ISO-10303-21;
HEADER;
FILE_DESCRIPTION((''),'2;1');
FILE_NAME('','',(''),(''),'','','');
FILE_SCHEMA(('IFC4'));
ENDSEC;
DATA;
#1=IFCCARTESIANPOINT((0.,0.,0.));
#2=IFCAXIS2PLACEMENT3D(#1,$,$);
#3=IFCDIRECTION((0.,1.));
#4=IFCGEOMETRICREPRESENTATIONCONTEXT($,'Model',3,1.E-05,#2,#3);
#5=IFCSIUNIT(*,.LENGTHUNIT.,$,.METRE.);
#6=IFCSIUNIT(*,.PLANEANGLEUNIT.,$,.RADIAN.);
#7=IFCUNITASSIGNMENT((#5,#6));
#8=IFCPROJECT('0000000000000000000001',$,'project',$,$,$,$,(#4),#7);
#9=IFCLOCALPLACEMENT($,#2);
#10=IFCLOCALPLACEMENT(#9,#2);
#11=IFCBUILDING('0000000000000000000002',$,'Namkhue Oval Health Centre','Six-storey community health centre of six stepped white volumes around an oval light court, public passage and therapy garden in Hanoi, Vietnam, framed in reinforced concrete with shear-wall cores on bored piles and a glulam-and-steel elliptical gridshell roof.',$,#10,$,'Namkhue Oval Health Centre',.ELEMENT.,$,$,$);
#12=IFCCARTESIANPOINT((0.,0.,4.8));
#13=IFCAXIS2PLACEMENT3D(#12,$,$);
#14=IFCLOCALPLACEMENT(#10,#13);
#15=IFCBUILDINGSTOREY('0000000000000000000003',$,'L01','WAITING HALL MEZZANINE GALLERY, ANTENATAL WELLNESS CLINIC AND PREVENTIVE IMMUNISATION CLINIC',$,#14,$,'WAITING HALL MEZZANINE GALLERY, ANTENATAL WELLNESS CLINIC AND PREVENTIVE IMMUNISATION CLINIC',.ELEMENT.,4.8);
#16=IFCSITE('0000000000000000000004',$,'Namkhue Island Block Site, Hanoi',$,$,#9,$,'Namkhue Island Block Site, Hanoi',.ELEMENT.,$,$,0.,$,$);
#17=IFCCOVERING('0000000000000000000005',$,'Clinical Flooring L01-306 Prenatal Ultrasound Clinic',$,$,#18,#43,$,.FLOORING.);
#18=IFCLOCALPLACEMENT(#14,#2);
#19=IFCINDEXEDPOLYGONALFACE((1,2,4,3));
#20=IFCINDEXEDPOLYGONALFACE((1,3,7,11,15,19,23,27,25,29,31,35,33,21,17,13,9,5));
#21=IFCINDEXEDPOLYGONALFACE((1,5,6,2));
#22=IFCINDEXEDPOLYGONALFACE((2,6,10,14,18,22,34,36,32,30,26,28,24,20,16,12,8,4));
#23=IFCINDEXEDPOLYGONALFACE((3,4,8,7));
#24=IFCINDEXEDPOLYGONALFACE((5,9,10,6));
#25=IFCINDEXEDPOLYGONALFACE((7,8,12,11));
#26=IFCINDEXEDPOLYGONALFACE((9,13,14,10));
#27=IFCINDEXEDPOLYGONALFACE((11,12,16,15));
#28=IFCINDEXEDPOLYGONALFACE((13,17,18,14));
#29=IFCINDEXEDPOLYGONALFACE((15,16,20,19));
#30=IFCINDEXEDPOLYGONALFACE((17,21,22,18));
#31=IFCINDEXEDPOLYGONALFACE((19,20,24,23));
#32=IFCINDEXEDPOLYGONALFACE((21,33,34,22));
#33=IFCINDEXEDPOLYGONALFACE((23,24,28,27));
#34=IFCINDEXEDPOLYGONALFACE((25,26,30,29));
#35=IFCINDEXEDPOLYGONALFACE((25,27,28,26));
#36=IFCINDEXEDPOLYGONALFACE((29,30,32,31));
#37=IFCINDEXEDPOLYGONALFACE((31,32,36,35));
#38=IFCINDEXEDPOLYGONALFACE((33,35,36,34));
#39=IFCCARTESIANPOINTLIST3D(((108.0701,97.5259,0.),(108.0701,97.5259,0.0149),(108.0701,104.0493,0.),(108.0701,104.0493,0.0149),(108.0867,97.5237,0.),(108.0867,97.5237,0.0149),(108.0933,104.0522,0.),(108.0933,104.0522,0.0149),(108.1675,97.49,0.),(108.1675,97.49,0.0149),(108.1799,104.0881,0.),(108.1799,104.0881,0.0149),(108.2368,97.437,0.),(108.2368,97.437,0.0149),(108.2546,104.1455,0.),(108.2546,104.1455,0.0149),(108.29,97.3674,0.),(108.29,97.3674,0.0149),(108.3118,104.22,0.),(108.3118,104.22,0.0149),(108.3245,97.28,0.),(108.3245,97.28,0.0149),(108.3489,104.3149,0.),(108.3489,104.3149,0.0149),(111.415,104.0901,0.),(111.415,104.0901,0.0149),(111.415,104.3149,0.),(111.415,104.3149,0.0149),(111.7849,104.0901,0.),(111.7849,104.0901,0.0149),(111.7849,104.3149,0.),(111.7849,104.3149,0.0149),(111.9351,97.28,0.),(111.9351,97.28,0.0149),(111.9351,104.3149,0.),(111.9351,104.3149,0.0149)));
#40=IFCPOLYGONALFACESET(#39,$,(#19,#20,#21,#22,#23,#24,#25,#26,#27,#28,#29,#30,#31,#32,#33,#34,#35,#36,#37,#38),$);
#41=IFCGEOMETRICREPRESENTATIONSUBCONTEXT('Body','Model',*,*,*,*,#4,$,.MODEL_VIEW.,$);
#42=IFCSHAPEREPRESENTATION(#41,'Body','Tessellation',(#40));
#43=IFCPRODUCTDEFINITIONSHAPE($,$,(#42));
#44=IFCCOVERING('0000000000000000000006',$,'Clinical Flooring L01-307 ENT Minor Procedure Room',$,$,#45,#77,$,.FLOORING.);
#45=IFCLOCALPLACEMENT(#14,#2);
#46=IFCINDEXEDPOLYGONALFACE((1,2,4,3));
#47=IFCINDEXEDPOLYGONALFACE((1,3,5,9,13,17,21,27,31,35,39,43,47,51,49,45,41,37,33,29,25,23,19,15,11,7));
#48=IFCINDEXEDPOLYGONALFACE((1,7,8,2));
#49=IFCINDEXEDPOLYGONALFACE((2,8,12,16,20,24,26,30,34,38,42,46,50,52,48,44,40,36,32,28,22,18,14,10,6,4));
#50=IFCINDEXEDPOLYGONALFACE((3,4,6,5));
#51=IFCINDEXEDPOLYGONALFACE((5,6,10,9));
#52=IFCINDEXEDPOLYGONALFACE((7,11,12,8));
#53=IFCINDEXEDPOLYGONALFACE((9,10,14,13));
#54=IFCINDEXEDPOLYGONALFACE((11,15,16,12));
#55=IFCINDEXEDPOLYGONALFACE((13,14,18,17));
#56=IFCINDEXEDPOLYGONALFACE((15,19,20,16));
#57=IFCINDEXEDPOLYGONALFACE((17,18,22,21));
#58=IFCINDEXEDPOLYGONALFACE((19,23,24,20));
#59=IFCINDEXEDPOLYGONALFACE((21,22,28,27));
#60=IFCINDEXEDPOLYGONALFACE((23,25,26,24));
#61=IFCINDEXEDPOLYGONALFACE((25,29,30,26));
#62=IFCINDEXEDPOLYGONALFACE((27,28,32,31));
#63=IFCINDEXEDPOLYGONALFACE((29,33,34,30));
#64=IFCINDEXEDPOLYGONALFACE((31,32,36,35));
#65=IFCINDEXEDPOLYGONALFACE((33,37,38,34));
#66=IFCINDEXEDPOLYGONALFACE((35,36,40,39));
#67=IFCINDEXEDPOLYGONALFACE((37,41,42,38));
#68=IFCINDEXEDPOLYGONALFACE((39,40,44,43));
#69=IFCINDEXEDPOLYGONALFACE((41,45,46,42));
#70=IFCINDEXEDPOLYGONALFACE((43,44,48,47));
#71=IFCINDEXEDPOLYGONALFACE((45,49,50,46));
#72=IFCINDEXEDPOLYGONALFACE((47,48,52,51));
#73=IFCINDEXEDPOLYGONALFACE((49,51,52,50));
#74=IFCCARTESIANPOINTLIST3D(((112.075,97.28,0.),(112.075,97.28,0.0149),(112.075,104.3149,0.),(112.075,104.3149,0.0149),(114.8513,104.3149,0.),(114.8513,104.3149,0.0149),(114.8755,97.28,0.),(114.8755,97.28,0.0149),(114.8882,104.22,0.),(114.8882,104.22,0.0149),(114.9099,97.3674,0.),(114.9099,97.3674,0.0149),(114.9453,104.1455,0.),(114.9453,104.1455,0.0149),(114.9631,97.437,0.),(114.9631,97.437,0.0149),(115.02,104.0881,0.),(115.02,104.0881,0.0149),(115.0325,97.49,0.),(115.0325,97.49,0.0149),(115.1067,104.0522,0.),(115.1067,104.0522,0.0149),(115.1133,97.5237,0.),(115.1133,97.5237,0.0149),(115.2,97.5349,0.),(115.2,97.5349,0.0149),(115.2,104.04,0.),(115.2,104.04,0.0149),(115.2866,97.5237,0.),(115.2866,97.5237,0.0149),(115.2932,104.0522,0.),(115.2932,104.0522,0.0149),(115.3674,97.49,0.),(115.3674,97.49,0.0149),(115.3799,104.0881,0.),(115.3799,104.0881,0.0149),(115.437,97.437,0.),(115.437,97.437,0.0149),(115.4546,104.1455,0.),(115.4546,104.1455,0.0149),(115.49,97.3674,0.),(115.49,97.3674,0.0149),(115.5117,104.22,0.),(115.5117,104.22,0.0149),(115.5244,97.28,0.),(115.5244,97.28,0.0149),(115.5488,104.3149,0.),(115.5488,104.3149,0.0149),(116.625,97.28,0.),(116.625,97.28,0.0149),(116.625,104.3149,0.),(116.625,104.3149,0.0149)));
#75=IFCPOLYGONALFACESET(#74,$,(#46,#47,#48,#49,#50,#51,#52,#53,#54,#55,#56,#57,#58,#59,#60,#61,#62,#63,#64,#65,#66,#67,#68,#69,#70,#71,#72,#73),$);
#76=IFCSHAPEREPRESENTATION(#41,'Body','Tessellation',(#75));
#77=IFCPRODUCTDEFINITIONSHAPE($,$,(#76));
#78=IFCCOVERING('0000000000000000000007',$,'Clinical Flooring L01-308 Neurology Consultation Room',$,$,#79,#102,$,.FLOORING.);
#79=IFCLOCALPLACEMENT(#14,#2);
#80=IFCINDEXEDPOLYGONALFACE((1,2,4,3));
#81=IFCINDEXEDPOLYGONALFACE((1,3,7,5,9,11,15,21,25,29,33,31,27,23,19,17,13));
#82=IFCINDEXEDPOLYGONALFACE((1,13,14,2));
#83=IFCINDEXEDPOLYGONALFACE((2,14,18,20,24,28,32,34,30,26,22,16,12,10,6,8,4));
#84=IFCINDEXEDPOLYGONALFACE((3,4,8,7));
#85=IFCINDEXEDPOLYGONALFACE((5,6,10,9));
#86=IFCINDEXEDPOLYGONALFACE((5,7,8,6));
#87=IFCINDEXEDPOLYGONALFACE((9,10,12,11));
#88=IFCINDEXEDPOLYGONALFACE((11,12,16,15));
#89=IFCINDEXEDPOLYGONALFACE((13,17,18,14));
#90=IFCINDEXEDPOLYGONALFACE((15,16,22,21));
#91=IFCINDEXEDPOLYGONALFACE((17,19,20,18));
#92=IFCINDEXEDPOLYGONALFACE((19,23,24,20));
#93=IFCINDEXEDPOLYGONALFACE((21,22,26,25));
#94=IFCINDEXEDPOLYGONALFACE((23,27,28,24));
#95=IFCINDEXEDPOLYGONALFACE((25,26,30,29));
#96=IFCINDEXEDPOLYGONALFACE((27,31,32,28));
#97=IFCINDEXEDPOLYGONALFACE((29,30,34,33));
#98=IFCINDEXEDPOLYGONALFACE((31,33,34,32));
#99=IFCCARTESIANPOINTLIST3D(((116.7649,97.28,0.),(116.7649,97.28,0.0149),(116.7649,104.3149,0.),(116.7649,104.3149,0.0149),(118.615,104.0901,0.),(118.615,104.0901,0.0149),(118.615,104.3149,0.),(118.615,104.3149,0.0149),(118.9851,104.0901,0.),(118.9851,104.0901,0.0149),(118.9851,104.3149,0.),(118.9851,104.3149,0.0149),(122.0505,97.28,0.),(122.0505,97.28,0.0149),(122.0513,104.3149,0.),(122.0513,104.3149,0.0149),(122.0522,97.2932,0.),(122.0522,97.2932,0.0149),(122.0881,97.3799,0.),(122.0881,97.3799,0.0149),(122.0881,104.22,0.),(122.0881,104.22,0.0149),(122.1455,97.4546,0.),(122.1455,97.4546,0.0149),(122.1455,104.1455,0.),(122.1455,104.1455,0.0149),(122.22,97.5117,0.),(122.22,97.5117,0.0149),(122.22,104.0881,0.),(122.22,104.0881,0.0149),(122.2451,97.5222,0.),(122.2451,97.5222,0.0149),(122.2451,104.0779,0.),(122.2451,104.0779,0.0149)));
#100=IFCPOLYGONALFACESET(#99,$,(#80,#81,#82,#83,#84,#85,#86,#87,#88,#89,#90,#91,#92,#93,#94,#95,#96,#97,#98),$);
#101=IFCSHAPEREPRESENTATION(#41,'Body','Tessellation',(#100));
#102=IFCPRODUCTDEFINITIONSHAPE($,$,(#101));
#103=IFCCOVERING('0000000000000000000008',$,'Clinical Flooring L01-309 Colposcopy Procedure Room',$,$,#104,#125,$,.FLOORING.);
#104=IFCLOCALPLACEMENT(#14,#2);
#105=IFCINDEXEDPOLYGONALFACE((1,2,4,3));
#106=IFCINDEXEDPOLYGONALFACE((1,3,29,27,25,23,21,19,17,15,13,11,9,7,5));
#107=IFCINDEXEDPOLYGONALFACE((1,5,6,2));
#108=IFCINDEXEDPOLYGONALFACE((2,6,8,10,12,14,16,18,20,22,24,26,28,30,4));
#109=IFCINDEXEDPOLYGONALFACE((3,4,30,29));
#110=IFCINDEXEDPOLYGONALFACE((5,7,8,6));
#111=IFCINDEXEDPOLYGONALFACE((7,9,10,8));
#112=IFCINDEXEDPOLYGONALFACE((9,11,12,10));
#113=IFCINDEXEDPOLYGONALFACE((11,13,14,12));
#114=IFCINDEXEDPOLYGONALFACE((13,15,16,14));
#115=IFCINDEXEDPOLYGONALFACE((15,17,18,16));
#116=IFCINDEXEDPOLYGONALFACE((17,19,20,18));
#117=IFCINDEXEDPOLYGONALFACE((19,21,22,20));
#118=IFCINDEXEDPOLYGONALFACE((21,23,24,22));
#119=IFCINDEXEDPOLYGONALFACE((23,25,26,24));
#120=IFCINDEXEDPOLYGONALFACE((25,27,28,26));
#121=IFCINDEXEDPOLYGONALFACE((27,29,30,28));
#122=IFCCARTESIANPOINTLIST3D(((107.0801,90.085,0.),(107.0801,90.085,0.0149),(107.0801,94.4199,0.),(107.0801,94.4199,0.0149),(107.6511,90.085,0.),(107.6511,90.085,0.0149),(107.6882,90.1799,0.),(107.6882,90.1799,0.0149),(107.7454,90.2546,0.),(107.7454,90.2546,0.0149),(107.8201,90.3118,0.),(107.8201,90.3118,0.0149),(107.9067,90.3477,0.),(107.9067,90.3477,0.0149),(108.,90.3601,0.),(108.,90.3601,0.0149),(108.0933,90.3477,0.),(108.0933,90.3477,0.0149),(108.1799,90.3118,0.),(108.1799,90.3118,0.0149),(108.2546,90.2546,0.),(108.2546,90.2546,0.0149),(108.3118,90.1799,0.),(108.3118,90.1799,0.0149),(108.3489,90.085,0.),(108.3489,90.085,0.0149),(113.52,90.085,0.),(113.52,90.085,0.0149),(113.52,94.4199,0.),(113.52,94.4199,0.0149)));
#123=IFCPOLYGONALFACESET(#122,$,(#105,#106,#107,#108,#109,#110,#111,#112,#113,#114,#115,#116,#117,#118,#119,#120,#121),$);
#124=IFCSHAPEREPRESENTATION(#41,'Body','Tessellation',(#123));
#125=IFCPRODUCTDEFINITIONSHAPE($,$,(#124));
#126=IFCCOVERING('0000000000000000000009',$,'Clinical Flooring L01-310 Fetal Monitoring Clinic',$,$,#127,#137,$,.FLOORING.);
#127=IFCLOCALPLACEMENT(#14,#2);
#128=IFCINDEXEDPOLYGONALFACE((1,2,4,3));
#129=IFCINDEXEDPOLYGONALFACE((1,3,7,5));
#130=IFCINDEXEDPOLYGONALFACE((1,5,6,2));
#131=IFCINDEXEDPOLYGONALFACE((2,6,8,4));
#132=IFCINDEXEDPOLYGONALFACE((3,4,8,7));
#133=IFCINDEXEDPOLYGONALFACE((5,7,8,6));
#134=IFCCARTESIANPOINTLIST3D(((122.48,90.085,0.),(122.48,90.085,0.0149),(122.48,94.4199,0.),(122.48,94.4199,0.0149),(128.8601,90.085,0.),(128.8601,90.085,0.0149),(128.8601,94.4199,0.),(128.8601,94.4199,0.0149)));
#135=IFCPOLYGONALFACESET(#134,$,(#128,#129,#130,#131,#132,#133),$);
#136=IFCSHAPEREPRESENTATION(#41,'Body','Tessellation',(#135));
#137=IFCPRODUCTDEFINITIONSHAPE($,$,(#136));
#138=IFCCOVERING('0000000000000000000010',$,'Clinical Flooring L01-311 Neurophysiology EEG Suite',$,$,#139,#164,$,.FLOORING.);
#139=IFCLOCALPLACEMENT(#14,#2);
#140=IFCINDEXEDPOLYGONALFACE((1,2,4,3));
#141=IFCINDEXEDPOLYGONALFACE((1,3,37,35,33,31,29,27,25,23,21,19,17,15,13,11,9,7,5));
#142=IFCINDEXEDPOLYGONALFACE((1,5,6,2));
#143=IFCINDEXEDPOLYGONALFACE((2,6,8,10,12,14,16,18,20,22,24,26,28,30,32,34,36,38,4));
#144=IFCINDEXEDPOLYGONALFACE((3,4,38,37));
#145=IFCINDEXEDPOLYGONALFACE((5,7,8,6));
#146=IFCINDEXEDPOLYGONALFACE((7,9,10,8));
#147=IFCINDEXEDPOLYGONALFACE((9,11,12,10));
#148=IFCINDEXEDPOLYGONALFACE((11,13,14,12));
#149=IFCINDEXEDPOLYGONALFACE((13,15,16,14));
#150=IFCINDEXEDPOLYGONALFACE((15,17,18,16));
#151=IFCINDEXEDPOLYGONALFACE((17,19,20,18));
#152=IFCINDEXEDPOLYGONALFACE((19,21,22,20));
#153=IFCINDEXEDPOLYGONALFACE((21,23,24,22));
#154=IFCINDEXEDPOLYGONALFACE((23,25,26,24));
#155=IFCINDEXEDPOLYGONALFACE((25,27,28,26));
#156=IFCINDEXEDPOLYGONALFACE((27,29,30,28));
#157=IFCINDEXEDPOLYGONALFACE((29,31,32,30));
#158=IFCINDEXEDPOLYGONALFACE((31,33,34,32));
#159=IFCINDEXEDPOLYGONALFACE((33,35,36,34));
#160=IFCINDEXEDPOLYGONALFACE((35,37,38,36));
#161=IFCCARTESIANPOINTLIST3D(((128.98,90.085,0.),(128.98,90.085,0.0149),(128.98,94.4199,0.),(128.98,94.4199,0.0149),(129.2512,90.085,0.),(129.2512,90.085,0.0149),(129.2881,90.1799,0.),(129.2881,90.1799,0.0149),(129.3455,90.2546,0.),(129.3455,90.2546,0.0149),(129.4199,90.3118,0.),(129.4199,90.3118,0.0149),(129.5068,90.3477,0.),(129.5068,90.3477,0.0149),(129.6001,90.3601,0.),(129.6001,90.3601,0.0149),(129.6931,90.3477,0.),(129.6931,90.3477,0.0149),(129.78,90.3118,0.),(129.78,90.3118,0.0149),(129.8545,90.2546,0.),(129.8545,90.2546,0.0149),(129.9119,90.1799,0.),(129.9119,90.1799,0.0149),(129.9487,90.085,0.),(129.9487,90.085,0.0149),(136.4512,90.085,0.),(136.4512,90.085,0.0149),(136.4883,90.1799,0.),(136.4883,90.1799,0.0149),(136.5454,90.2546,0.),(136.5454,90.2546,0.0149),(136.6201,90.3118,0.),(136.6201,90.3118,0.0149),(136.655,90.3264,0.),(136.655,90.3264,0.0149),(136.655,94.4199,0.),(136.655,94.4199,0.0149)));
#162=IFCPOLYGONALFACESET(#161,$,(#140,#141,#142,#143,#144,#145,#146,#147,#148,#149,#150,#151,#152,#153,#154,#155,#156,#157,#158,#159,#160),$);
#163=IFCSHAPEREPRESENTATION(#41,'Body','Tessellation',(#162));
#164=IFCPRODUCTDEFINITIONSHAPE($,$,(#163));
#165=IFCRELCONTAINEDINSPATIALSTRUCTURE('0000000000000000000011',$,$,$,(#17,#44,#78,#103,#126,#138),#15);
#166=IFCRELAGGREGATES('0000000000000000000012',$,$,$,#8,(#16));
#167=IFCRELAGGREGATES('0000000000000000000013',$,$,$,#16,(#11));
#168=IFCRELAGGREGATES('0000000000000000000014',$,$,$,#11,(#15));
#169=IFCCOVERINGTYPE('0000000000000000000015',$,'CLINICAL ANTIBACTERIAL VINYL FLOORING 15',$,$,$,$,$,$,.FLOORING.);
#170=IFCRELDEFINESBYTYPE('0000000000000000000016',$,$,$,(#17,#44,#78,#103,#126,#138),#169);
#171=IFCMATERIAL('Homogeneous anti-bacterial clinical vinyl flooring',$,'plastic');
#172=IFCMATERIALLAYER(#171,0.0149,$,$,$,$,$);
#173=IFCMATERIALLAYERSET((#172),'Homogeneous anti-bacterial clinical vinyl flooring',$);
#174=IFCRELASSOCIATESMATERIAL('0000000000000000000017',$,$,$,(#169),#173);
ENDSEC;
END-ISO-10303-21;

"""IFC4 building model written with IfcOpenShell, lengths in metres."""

from ifc_helpers import new_model, si_unit, direction, frame, origin, place, context, subcontext, project, spatial, polyline, outline, extrude, material, layer, layer_set, type_object, element, save


model = new_model("IFC4")

# Units and contexts
model_context = context("Model", 3, precision=1e-05, world=origin(), true_north=direction((0.0, 1.0)))
body_context = subcontext(model_context, "Body", "Model", "MODEL_VIEW")
ifc_project = project(units=[si_unit("LENGTHUNIT", "METRE"), si_unit("PLANEANGLEUNIT", "RADIAN")], contexts=[model_context])

# Site, building, storey
site_placement = place(None, origin())
site = spatial("IfcSite", under=ifc_project, at=site_placement, Name="Namkhue Island Block Site, Hanoi", LongName="Namkhue Island Block Site, Hanoi", CompositionType="ELEMENT", RefElevation=0.0)
building_placement = place(site_placement, origin())
building = spatial("IfcBuilding", under=site, at=building_placement, Name="Namkhue Oval Health Centre", Description="Six-storey community health centre of six stepped white volumes around an oval light court, public passage and therapy garden in Hanoi, Vietnam, framed in reinforced concrete with shear-wall cores on bored piles and a glulam-and-steel elliptical gridshell roof.", LongName="Namkhue Oval Health Centre", CompositionType="ELEMENT")
storey_placement = place(building_placement, frame((0.0, 0.0, 4.8)))
storey = spatial("IfcBuildingStorey", under=building, at=storey_placement, Name="L01", Description="WAITING HALL MEZZANINE GALLERY, ANTENATAL WELLNESS CLINIC AND PREVENTIVE IMMUNISATION CLINIC", LongName="WAITING HALL MEZZANINE GALLERY, ANTENATAL WELLNESS CLINIC AND PREVENTIVE IMMUNISATION CLINIC", CompositionType="ELEMENT", Elevation=4.8)

# Coverings
ifc_material = material(Name="Homogeneous anti-bacterial clinical vinyl flooring", Category="plastic")
ifc_layer = layer(ifc_material, 0.0149)
ifc_layer_set = layer_set([ifc_layer], Name="Homogeneous anti-bacterial clinical vinyl flooring")
covering_type = type_object("IfcCoveringType", Name="CLINICAL ANTIBACTERIAL VINYL FLOORING 15", PredefinedType="FLOORING", material=ifc_layer_set)
covering_1_placement = place(storey_placement, origin())
element("IfcCovering", 1, at=covering_1_placement, inside=storey, type_object=covering_type, Name="Clinical Flooring L01-306 Prenatal Ultrasound Clinic", PredefinedType="FLOORING", context=body_context, shape_type="SweptSolid", body=[
    extrude(outline(polyline([(108.3245, 97.28), (108.29, 97.3674), (108.2368, 97.437), (108.1675, 97.49), (108.0867, 97.5237), (108.0701, 97.5259), (108.0701, 104.0493), (108.0933, 104.0522), (108.1799, 104.0881), (108.2546, 104.1455), (108.3118, 104.22), (108.3489, 104.3149), (111.415, 104.3149), (111.415, 104.0901), (111.7849, 104.0901), (111.7849, 104.3149), (111.9351, 104.3149), (111.9351, 97.28), (108.3245, 97.28)])), origin(), (0.0, 0.0, 1.0), 0.0149),
])
covering_2_placement = place(storey_placement, origin())
element("IfcCovering", 2, at=covering_2_placement, inside=storey, type_object=covering_type, Name="Clinical Flooring L01-307 ENT Minor Procedure Room", PredefinedType="FLOORING", context=body_context, shape_type="SweptSolid", body=[
    extrude(outline(polyline([(115.5244, 97.28), (115.49, 97.3674), (115.437, 97.437), (115.3674, 97.49), (115.2866, 97.5237), (115.2, 97.5349), (115.1133, 97.5237), (115.0325, 97.49), (114.9631, 97.437), (114.9099, 97.3674), (114.8755, 97.28), (112.075, 97.28), (112.075, 104.3149), (114.8513, 104.3149), (114.8882, 104.22), (114.9453, 104.1455), (115.02, 104.0881), (115.1067, 104.0522), (115.2, 104.04), (115.2932, 104.0522), (115.3799, 104.0881), (115.4546, 104.1455), (115.5117, 104.22), (115.5488, 104.3149), (116.625, 104.3149), (116.625, 97.28), (115.5244, 97.28)])), origin(), (0.0, 0.0, 1.0), 0.0149),
])
covering_3_placement = place(storey_placement, origin())
element("IfcCovering", 3, at=covering_3_placement, inside=storey, type_object=covering_type, Name="Clinical Flooring L01-308 Neurology Consultation Room", PredefinedType="FLOORING", context=body_context, shape_type="SweptSolid", body=[
    extrude(outline(polyline([(116.7649, 97.28), (116.7649, 104.3149), (118.615, 104.3149), (118.615, 104.0901), (118.9851, 104.0901), (118.9851, 104.3149), (122.0513, 104.3149), (122.0881, 104.22), (122.1455, 104.1455), (122.22, 104.0881), (122.2451, 104.0779), (122.2451, 97.5222), (122.22, 97.5117), (122.1455, 97.4546), (122.0881, 97.3799), (122.0522, 97.2932), (122.0505, 97.28), (116.7649, 97.28)])), origin(), (0.0, 0.0, 1.0), 0.0149),
])
covering_4_placement = place(storey_placement, origin())
element("IfcCovering", 4, at=covering_4_placement, inside=storey, type_object=covering_type, Name="Clinical Flooring L01-309 Colposcopy Procedure Room", PredefinedType="FLOORING", context=body_context, shape_type="SweptSolid", body=[
    extrude(outline(polyline([(108.3489, 90.085), (108.3118, 90.1799), (108.2546, 90.2546), (108.1799, 90.3118), (108.0933, 90.3477), (108.0, 90.3601), (107.9067, 90.3477), (107.8201, 90.3118), (107.7454, 90.2546), (107.6882, 90.1799), (107.6511, 90.085), (107.0801, 90.085), (107.0801, 94.4199), (113.52, 94.4199), (113.52, 90.085), (108.3489, 90.085)])), origin(), (0.0, 0.0, 1.0), 0.0149),
])
covering_5_placement = place(storey_placement, origin())
element("IfcCovering", 5, at=covering_5_placement, inside=storey, type_object=covering_type, Name="Clinical Flooring L01-310 Fetal Monitoring Clinic", PredefinedType="FLOORING", context=body_context, shape_type="SweptSolid", body=[
    extrude(outline(polyline([(122.48, 90.085), (122.48, 94.4199), (128.8601, 94.4199), (128.8601, 90.085), (122.48, 90.085)])), origin(), (0.0, 0.0, 1.0), 0.0149),
])
covering_6_placement = place(storey_placement, origin())
element("IfcCovering", 6, at=covering_6_placement, inside=storey, type_object=covering_type, Name="Clinical Flooring L01-311 Neurophysiology EEG Suite", PredefinedType="FLOORING", context=body_context, shape_type="SweptSolid", body=[
    extrude(outline(polyline([(129.9487, 90.085), (129.9119, 90.1799), (129.8545, 90.2546), (129.78, 90.3118), (129.6931, 90.3477), (129.6001, 90.3601), (129.5068, 90.3477), (129.4199, 90.3118), (129.3455, 90.2546), (129.2881, 90.1799), (129.2512, 90.085), (128.98, 90.085), (128.98, 94.4199), (136.655, 94.4199), (136.655, 90.3264), (136.6201, 90.3118), (136.5454, 90.2546), (136.4883, 90.1799), (136.4512, 90.085), (129.9487, 90.085)])), origin(), (0.0, 0.0, 1.0), 0.0149),
])

save(model, "model.ifc")
